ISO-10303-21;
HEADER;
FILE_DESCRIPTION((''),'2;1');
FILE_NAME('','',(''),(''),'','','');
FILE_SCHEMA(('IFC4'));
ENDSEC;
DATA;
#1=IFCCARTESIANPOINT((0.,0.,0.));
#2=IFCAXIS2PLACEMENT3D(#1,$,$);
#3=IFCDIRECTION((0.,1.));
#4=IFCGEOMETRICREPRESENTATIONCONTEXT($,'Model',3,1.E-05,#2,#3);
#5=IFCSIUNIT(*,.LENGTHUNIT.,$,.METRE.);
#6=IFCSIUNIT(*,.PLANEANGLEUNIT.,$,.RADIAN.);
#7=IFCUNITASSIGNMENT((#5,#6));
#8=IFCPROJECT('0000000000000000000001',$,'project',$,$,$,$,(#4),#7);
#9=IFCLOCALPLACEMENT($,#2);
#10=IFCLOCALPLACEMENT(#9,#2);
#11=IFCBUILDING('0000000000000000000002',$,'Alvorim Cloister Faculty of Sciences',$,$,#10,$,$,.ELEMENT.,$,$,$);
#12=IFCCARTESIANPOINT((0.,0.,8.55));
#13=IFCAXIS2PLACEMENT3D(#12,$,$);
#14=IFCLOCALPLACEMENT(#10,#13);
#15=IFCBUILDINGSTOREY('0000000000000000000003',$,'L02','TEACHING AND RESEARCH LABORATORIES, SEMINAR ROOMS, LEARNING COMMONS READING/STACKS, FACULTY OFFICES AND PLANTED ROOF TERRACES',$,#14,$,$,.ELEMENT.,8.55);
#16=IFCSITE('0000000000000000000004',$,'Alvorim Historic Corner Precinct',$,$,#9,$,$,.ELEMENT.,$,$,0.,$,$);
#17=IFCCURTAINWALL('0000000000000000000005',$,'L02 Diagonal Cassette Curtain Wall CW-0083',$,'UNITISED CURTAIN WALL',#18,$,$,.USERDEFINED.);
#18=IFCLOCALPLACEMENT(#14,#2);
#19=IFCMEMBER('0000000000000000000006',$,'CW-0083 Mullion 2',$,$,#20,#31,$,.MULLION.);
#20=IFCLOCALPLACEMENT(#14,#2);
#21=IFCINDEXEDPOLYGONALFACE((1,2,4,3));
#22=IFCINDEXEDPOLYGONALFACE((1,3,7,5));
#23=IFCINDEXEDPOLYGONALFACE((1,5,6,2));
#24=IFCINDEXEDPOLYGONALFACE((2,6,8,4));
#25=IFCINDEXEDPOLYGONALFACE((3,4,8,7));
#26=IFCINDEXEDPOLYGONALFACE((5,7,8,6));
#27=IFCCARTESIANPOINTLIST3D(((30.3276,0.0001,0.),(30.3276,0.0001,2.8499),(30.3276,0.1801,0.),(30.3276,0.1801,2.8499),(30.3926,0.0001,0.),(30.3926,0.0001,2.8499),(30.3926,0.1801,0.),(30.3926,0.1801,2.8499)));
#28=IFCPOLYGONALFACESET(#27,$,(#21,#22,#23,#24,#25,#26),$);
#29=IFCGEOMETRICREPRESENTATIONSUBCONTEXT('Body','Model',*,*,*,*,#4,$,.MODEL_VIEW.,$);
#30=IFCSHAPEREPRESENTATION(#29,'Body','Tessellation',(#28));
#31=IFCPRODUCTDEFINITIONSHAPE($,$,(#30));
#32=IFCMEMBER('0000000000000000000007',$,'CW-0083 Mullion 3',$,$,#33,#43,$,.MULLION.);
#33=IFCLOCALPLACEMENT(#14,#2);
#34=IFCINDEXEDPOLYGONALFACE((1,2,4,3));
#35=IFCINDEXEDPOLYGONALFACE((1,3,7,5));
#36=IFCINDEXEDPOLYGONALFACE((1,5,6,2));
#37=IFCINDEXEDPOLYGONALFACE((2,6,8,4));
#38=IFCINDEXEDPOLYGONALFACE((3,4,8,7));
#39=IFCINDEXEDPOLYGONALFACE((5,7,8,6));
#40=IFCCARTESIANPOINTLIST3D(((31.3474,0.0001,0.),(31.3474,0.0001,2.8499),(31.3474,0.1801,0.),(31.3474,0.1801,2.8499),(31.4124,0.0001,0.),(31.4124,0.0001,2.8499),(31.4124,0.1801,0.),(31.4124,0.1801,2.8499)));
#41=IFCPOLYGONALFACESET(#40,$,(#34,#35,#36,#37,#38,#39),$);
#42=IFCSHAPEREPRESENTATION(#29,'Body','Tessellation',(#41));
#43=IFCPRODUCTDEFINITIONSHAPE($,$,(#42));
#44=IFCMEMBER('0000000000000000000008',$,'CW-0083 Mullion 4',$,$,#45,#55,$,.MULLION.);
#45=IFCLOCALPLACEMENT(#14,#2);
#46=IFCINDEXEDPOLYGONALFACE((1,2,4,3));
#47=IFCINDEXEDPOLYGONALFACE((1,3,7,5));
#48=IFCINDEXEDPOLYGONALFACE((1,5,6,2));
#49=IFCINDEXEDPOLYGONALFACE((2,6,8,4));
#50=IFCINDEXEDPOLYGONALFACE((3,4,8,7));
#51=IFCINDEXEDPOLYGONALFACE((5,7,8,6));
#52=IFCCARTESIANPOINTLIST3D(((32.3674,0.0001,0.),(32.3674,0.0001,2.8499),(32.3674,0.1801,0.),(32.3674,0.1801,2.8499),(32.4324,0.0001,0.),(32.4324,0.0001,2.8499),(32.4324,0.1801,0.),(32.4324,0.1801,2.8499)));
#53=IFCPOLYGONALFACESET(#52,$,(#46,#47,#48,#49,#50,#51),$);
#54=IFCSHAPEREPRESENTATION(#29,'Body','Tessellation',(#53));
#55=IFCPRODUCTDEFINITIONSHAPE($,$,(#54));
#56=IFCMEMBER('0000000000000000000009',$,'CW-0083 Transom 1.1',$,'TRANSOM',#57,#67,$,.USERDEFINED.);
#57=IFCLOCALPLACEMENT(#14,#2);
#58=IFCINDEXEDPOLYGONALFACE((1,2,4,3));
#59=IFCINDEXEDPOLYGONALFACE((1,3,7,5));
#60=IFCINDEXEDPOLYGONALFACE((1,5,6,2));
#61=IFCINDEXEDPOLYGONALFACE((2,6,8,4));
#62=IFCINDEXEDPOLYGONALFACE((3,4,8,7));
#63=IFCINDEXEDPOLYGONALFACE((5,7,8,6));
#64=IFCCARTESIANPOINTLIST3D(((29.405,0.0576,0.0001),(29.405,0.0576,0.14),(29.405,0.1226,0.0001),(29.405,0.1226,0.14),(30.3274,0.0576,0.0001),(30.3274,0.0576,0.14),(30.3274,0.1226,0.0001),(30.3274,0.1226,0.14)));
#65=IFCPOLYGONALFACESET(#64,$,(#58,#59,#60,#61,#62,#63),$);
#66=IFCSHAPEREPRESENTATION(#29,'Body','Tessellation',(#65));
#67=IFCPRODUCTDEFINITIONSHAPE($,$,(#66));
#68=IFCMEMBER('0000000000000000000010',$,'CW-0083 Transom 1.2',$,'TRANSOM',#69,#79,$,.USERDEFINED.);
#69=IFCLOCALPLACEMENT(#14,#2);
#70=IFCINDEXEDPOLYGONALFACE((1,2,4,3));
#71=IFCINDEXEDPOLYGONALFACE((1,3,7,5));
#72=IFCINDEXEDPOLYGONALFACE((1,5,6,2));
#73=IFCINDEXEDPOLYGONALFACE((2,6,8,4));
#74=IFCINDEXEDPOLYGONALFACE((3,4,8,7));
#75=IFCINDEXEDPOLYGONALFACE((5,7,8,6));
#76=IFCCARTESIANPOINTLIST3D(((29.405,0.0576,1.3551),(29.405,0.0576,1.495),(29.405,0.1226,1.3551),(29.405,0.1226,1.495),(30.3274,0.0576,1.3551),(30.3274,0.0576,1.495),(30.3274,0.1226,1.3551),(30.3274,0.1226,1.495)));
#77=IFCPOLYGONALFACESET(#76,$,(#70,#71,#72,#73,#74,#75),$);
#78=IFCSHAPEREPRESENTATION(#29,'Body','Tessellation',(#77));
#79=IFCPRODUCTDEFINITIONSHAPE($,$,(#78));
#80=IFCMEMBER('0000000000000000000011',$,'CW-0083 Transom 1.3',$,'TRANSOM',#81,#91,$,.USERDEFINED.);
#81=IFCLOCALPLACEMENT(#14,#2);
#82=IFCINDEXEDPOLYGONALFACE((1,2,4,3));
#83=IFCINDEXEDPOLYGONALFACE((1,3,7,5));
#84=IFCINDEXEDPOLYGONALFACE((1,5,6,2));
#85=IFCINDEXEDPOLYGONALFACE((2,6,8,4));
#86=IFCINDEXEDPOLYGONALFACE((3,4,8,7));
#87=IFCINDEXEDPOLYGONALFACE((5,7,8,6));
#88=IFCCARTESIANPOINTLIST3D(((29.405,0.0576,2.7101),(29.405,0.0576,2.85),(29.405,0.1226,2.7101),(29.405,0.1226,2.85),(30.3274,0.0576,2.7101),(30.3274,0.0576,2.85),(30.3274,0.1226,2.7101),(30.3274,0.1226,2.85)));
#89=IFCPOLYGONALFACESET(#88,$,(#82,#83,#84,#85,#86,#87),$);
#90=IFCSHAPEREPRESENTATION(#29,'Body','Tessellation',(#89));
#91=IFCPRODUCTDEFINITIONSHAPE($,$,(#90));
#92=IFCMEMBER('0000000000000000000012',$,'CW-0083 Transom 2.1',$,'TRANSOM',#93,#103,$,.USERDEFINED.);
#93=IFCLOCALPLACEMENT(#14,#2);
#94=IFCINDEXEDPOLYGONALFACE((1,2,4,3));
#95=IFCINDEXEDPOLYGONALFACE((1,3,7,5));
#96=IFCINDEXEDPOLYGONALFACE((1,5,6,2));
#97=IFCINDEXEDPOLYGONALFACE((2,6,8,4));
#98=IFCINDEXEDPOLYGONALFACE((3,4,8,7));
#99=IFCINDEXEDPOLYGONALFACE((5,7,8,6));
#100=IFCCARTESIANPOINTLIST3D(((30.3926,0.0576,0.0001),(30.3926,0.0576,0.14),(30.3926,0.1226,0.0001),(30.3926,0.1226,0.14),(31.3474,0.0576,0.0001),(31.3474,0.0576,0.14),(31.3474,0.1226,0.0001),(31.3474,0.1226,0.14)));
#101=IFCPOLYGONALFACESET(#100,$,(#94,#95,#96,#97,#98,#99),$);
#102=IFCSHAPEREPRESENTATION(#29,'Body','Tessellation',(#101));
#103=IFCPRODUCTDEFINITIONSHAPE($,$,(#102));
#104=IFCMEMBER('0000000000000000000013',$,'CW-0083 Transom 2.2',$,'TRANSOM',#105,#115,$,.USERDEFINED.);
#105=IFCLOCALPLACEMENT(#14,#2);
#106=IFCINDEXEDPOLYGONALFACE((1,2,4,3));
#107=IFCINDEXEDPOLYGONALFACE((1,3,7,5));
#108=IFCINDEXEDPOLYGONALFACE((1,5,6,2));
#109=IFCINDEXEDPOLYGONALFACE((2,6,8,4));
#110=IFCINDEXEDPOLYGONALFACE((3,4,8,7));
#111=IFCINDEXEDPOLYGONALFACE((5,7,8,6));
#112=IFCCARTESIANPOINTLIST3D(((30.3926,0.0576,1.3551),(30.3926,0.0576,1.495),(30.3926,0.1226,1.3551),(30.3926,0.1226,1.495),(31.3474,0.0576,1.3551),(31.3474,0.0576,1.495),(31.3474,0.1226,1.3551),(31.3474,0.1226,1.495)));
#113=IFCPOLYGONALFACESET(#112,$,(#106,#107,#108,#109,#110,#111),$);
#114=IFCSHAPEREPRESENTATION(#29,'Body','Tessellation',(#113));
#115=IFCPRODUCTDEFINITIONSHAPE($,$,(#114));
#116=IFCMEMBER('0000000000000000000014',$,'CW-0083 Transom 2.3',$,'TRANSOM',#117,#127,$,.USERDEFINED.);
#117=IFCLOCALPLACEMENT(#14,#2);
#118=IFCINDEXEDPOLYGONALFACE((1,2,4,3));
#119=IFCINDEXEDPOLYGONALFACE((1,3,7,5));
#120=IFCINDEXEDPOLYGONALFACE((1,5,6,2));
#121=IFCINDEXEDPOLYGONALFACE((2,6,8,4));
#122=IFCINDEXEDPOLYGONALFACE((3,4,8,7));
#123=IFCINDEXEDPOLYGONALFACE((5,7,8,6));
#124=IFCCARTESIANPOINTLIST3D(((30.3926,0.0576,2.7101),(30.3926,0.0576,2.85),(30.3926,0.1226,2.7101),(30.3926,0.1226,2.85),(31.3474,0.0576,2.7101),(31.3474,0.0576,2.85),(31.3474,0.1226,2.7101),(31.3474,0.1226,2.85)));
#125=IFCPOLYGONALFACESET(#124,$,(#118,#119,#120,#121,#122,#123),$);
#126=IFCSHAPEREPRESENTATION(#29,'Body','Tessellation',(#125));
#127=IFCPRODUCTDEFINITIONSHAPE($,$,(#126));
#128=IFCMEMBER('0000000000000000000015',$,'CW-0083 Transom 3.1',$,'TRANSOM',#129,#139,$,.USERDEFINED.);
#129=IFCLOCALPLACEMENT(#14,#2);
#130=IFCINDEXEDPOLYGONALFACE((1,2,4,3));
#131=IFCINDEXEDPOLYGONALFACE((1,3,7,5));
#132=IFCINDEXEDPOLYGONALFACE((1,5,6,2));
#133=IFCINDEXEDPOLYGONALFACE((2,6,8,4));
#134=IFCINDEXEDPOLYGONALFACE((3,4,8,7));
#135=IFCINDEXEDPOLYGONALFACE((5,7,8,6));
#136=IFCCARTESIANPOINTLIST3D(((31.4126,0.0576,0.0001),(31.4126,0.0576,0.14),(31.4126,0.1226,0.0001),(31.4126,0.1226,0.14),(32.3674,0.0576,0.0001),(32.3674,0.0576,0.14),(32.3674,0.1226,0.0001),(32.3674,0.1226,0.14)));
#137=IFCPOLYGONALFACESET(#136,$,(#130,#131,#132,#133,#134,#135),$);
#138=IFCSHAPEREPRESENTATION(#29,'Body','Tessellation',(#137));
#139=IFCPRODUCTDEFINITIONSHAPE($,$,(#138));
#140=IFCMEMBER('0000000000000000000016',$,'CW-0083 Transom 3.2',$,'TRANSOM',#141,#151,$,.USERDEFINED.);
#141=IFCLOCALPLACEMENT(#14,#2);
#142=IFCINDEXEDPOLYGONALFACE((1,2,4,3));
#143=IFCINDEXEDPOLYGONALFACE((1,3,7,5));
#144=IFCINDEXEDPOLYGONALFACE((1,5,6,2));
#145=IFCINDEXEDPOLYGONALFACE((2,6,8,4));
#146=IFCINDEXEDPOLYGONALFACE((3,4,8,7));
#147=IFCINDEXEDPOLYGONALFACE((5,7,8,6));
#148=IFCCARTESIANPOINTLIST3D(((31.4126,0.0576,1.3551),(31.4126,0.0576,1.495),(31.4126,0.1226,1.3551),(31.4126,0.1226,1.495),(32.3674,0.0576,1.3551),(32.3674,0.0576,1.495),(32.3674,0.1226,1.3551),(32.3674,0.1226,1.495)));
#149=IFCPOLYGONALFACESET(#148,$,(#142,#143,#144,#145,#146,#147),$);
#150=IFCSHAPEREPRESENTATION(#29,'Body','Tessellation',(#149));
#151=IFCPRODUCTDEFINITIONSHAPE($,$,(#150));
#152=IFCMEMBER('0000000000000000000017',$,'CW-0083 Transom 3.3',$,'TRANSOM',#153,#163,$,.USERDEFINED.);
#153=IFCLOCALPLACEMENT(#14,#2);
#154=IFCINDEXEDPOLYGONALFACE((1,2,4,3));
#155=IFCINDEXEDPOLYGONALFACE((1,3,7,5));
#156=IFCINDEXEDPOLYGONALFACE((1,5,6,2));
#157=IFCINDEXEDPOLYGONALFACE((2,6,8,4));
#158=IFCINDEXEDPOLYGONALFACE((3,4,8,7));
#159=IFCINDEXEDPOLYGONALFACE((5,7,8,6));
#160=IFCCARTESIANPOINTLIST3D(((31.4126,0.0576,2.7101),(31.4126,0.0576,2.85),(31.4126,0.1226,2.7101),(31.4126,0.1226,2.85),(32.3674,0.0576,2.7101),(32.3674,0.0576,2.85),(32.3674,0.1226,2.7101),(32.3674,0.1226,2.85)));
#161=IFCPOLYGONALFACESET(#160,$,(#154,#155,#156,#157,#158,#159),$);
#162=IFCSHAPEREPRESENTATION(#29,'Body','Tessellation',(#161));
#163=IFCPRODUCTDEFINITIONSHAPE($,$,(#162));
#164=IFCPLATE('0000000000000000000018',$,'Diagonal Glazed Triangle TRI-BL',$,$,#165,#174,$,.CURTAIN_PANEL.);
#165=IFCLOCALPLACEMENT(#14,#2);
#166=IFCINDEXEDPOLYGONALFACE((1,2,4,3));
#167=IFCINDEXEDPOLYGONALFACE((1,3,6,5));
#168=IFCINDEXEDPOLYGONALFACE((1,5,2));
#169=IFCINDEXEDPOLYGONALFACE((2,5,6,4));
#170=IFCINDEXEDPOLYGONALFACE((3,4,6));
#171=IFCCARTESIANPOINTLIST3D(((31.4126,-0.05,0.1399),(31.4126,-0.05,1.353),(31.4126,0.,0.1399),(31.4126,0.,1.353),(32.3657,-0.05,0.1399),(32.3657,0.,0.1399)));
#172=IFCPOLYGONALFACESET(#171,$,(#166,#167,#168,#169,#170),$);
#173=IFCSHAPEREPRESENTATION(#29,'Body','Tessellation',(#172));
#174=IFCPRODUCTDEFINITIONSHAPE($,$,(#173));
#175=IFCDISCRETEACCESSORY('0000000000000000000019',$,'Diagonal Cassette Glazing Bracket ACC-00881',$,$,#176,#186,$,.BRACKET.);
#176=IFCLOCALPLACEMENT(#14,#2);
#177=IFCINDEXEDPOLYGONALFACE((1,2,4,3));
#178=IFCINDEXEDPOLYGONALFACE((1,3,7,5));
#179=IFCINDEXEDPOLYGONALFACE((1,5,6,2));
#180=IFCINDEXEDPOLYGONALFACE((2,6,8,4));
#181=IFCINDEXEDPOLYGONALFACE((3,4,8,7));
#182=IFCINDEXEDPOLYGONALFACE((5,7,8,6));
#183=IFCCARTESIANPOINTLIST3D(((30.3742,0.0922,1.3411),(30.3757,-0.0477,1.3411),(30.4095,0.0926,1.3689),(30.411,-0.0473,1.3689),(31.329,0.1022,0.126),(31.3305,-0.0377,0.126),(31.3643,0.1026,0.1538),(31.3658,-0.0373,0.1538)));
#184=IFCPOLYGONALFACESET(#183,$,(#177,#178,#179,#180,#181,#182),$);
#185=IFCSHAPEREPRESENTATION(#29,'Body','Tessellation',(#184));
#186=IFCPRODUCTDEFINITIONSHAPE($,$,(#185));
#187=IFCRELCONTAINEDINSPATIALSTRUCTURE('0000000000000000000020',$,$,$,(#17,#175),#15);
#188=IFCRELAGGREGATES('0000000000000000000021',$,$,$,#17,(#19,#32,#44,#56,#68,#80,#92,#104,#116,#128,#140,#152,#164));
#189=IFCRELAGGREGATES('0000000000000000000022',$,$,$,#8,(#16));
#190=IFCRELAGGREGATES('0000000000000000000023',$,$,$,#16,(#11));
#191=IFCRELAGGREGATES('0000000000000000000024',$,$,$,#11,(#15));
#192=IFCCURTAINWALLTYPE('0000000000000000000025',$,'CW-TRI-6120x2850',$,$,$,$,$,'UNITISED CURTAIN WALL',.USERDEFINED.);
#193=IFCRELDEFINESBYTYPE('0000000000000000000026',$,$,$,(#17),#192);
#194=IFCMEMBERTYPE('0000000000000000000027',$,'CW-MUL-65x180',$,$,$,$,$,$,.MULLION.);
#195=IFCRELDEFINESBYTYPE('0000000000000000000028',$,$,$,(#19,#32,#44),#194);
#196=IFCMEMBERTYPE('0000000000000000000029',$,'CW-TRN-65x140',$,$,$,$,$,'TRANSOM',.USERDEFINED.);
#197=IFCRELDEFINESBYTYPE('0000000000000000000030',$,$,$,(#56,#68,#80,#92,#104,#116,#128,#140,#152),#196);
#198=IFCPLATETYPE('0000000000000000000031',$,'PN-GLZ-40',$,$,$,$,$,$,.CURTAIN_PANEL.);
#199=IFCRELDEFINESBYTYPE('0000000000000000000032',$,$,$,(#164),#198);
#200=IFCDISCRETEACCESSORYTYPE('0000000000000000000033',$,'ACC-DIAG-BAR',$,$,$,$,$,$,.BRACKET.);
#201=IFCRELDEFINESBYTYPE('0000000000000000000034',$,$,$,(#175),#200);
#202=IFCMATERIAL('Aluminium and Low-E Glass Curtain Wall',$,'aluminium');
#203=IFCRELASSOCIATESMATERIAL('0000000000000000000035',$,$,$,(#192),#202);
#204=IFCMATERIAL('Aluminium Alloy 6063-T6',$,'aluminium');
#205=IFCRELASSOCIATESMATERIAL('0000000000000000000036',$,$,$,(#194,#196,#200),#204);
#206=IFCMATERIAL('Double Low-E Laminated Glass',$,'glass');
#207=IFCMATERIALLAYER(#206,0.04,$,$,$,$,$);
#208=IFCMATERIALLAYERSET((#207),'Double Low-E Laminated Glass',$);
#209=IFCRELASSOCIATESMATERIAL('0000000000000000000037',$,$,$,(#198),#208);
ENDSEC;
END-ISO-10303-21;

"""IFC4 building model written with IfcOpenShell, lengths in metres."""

from ifc_helpers import new_model, si_unit, direction, frame, origin, origin_2d, place, context, subcontext, project, spatial, polyline, rectangle, outline, extrude, material, layer, layer_set, material_profile, profile_set, type_object, element, aggregate, save


model = new_model("IFC4")

# Units and contexts
model_context = context("Model", 3, precision=1e-05, world=origin(), true_north=direction((0.0, 1.0)))
body_context = subcontext(model_context, "Body", "Model", "MODEL_VIEW")
ifc_project = project(units=[si_unit("LENGTHUNIT", "METRE"), si_unit("PLANEANGLEUNIT", "RADIAN")], contexts=[model_context])

# Site, building, storey
site_placement = place(None, origin())
site = spatial("IfcSite", under=ifc_project, at=site_placement, Name="Alvorim Historic Corner Precinct", CompositionType="ELEMENT", RefElevation=0.0)
building_placement = place(site_placement, origin())
building = spatial("IfcBuilding", under=site, at=building_placement, Name="Alvorim Cloister Faculty of Sciences", CompositionType="ELEMENT")
storey_placement = place(building_placement, frame((0.0, 0.0, 8.55)))
storey = spatial("IfcBuildingStorey", under=building, at=storey_placement, Name="L02", Description="TEACHING AND RESEARCH LABORATORIES, SEMINAR ROOMS, LEARNING COMMONS READING/STACKS, FACULTY OFFICES AND PLANTED ROOF TERRACES", CompositionType="ELEMENT", Elevation=8.55)

# Curtain wall, members, plate
ifc_material_1 = material(Name="Aluminium and Low-E Glass Curtain Wall", Category="aluminium")
curtain_wall_type = type_object("IfcCurtainWallType", Name="CW-TRI-6120x2850", ElementType="UNITISED CURTAIN WALL", PredefinedType="USERDEFINED", material=ifc_material_1)
curtain_wall_placement = place(storey_placement, origin())
curtain_wall = element("IfcCurtainWall", 1, at=curtain_wall_placement, inside=storey, type_object=curtain_wall_type, Name="L02 Diagonal Cassette Curtain Wall CW-0083", ObjectType="UNITISED CURTAIN WALL", PredefinedType="USERDEFINED")
ifc_material_2 = material(Name="Aluminium Alloy 6063-T6", Category="aluminium")
ifc_material_profile_1 = material_profile(ifc_material_2, rectangle(XDim=0.0649, YDim=0.1799, at=origin_2d()), Name="ALU-MUL-65x180")
ifc_profile_set_1 = profile_set([ifc_material_profile_1], Name="Aluminium Alloy 6063-T6")
member_type_1 = type_object("IfcMemberType", Name="CW-MUL-65x180", PredefinedType="MULLION", material=ifc_profile_set_1)
member_1_placement = place(storey_placement, frame((30.3601, 0.0901, 0.0), z_axis=(0.0, 0.0, 1.0), x_axis=(1.0, 0.0, 0.0)))
member_1 = element("IfcMember", 2, at=member_1_placement, type_object=member_type_1, Name="CW-0083 Mullion 2", PredefinedType="MULLION", context=body_context, shape_type="SweptSolid", body=[
    extrude(rectangle(XDim=0.0649, YDim=0.1799, at=origin_2d()), origin(), (0.0, 0.0, 1.0), 2.8499),
])
member_2_placement = place(storey_placement, frame((31.3799, 0.0901, 0.0), z_axis=(0.0, 0.0, 1.0), x_axis=(1.0, 0.0, 0.0)))
member_2 = element("IfcMember", 3, at=member_2_placement, type_object=member_type_1, Name="CW-0083 Mullion 3", PredefinedType="MULLION", context=body_context, shape_type="SweptSolid", body=[
    extrude(rectangle(XDim=0.0649, YDim=0.1799, at=origin_2d()), origin(), (0.0, 0.0, 1.0), 2.8499),
])
member_3_placement = place(storey_placement, frame((32.3999, 0.0901, 0.0), z_axis=(0.0, 0.0, 1.0), x_axis=(1.0, 0.0, 0.0)))
member_3 = element("IfcMember", 4, at=member_3_placement, type_object=member_type_1, Name="CW-0083 Mullion 4", PredefinedType="MULLION", context=body_context, shape_type="SweptSolid", body=[
    extrude(rectangle(XDim=0.0649, YDim=0.1799, at=origin_2d()), origin(), (0.0, 0.0, 1.0), 2.8499),
])
ifc_material_profile_2 = material_profile(ifc_material_2, rectangle(XDim=0.0649, YDim=0.1399, at=origin_2d()), Name="ALU-TRN-65x140")
ifc_profile_set_2 = profile_set([ifc_material_profile_2], Name="Aluminium Alloy 6063-T6")
member_type_2 = type_object("IfcMemberType", Name="CW-TRN-65x140", ElementType="TRANSOM", PredefinedType="USERDEFINED", material=ifc_profile_set_2)
member_4_placement = place(storey_placement, frame((29.405, 0.0901, 0.0701), z_axis=(1.0, 0.0, 0.0), x_axis=(0.0, 1.0, 0.0)))
member_4 = element("IfcMember", 5, at=member_4_placement, type_object=member_type_2, Name="CW-0083 Transom 1.1", ObjectType="TRANSOM", PredefinedType="USERDEFINED", context=body_context, shape_type="SweptSolid", body=[
    extrude(rectangle(XDim=0.0649, YDim=0.1399, at=origin_2d()), origin(), (0.0, 0.0, 1.0), 0.9224),
])
member_5_placement = place(storey_placement, frame((29.405, 0.0901, 1.425), z_axis=(1.0, 0.0, 0.0), x_axis=(0.0, 1.0, 0.0)))
member_5 = element("IfcMember", 6, at=member_5_placement, type_object=member_type_2, Name="CW-0083 Transom 1.2", ObjectType="TRANSOM", PredefinedType="USERDEFINED", context=body_context, shape_type="SweptSolid", body=[
    extrude(rectangle(XDim=0.0649, YDim=0.1399, at=origin_2d()), origin(), (0.0, 0.0, 1.0), 0.9224),
])
member_6_placement = place(storey_placement, frame((29.405, 0.0901, 2.78), z_axis=(1.0, 0.0, 0.0), x_axis=(0.0, 1.0, 0.0)))
member_6 = element("IfcMember", 7, at=member_6_placement, type_object=member_type_2, Name="CW-0083 Transom 1.3", ObjectType="TRANSOM", PredefinedType="USERDEFINED", context=body_context, shape_type="SweptSolid", body=[
    extrude(rectangle(XDim=0.0649, YDim=0.1399, at=origin_2d()), origin(), (0.0, 0.0, 1.0), 0.9224),
])
member_7_placement = place(storey_placement, frame((30.3926, 0.0901, 0.0701), z_axis=(1.0, 0.0, 0.0), x_axis=(0.0, 1.0, 0.0)))
member_7 = element("IfcMember", 8, at=member_7_placement, type_object=member_type_2, Name="CW-0083 Transom 2.1", ObjectType="TRANSOM", PredefinedType="USERDEFINED", context=body_context, shape_type="SweptSolid", body=[
    extrude(rectangle(XDim=0.0649, YDim=0.1399, at=origin_2d()), origin(), (0.0, 0.0, 1.0), 0.9548),
])
member_8_placement = place(storey_placement, frame((30.3926, 0.0901, 1.425), z_axis=(1.0, 0.0, 0.0), x_axis=(0.0, 1.0, 0.0)))
member_8 = element("IfcMember", 9, at=member_8_placement, type_object=member_type_2, Name="CW-0083 Transom 2.2", ObjectType="TRANSOM", PredefinedType="USERDEFINED", context=body_context, shape_type="SweptSolid", body=[
    extrude(rectangle(XDim=0.0649, YDim=0.1399, at=origin_2d()), origin(), (0.0, 0.0, 1.0), 0.9548),
])
member_9_placement = place(storey_placement, frame((30.3926, 0.0901, 2.78), z_axis=(1.0, 0.0, 0.0), x_axis=(0.0, 1.0, 0.0)))
member_9 = element("IfcMember", 10, at=member_9_placement, type_object=member_type_2, Name="CW-0083 Transom 2.3", ObjectType="TRANSOM", PredefinedType="USERDEFINED", context=body_context, shape_type="SweptSolid", body=[
    extrude(rectangle(XDim=0.0649, YDim=0.1399, at=origin_2d()), origin(), (0.0, 0.0, 1.0), 0.9548),
])
member_10_placement = place(storey_placement, frame((31.4126, 0.0901, 0.0701), z_axis=(1.0, 0.0, 0.0), x_axis=(0.0, 1.0, 0.0)))
member_10 = element("IfcMember", 11, at=member_10_placement, type_object=member_type_2, Name="CW-0083 Transom 3.1", ObjectType="TRANSOM", PredefinedType="USERDEFINED", context=body_context, shape_type="SweptSolid", body=[
    extrude(rectangle(XDim=0.0649, YDim=0.1399, at=origin_2d()), origin(), (0.0, 0.0, 1.0), 0.9548),
])
member_11_placement = place(storey_placement, frame((31.4126, 0.0901, 1.425), z_axis=(1.0, 0.0, 0.0), x_axis=(0.0, 1.0, 0.0)))
member_11 = element("IfcMember", 12, at=member_11_placement, type_object=member_type_2, Name="CW-0083 Transom 3.2", ObjectType="TRANSOM", PredefinedType="USERDEFINED", context=body_context, shape_type="SweptSolid", body=[
    extrude(rectangle(XDim=0.0649, YDim=0.1399, at=origin_2d()), origin(), (0.0, 0.0, 1.0), 0.9548),
])
member_12_placement = place(storey_placement, frame((31.4126, 0.0901, 2.78), z_axis=(1.0, 0.0, 0.0), x_axis=(0.0, 1.0, 0.0)))
member_12 = element("IfcMember", 13, at=member_12_placement, type_object=member_type_2, Name="CW-0083 Transom 3.3", ObjectType="TRANSOM", PredefinedType="USERDEFINED", context=body_context, shape_type="SweptSolid", body=[
    extrude(rectangle(XDim=0.0649, YDim=0.1399, at=origin_2d()), origin(), (0.0, 0.0, 1.0), 0.9548),
])
ifc_material_3 = material(Name="Double Low-E Laminated Glass", Category="glass")
ifc_layer = layer(ifc_material_3, 0.04)
ifc_layer_set = layer_set([ifc_layer], Name="Double Low-E Laminated Glass")
plate_type = type_object("IfcPlateType", Name="PN-GLZ-40", PredefinedType="CURTAIN_PANEL", material=ifc_layer_set)
plate_1_placement = place(storey_placement, frame((31.4126, -0.0249, 0.1399), z_axis=(0.0, 0.0, 1.0), x_axis=(1.0, 0.0, 0.0)))
plate_1 = element("IfcPlate", 14, at=plate_1_placement, type_object=plate_type, Name="Diagonal Glazed Triangle TRI-BL", PredefinedType="CURTAIN_PANEL", context=body_context, shape_type="SweptSolid", body=[
    extrude(outline(polyline([(0.0, 0.0), (0.9531, 0.0), (0.0, 1.2131), (0.0, 0.0)])), frame((0.0, 0.0249, 0.0), z_axis=(0.0, -1.0, 0.0), x_axis=(1.0, 0.0, 0.0)), (0.0, 0.0, 1.0), 0.05),
])
aggregate(curtain_wall, [member_1, member_2, member_3, member_4, member_5, member_6, member_7, member_8, member_9, member_10, member_11, member_12, plate_1])

# Discrete accessory
discrete_accessory_type = type_object("IfcDiscreteAccessoryType", Name="ACC-DIAG-BAR", PredefinedType="BRACKET", material=ifc_material_2)
for number, where, z_axis, x_axis, name in (
    (15, (30.3926, 0.0225, 1.355), (0.617857, 0.006477, -0.786263), (-0.010483, 0.999945, 0.0), "Diagonal Cassette Glazing Bracket ACC-00881"),
):
    element("IfcDiscreteAccessory", number, at=place(storey_placement, frame(where, z_axis=z_axis, x_axis=x_axis)), inside=storey, type_object=discrete_accessory_type, Name=name, PredefinedType="BRACKET", context=body_context, shape_type="SweptSolid", body=[
        extrude(rectangle(XDim=0.1399, YDim=0.0449, at=origin_2d()), origin(), (0.0, 0.0, 1.0), 1.5454),
    ])

save(model, "model.ifc")
